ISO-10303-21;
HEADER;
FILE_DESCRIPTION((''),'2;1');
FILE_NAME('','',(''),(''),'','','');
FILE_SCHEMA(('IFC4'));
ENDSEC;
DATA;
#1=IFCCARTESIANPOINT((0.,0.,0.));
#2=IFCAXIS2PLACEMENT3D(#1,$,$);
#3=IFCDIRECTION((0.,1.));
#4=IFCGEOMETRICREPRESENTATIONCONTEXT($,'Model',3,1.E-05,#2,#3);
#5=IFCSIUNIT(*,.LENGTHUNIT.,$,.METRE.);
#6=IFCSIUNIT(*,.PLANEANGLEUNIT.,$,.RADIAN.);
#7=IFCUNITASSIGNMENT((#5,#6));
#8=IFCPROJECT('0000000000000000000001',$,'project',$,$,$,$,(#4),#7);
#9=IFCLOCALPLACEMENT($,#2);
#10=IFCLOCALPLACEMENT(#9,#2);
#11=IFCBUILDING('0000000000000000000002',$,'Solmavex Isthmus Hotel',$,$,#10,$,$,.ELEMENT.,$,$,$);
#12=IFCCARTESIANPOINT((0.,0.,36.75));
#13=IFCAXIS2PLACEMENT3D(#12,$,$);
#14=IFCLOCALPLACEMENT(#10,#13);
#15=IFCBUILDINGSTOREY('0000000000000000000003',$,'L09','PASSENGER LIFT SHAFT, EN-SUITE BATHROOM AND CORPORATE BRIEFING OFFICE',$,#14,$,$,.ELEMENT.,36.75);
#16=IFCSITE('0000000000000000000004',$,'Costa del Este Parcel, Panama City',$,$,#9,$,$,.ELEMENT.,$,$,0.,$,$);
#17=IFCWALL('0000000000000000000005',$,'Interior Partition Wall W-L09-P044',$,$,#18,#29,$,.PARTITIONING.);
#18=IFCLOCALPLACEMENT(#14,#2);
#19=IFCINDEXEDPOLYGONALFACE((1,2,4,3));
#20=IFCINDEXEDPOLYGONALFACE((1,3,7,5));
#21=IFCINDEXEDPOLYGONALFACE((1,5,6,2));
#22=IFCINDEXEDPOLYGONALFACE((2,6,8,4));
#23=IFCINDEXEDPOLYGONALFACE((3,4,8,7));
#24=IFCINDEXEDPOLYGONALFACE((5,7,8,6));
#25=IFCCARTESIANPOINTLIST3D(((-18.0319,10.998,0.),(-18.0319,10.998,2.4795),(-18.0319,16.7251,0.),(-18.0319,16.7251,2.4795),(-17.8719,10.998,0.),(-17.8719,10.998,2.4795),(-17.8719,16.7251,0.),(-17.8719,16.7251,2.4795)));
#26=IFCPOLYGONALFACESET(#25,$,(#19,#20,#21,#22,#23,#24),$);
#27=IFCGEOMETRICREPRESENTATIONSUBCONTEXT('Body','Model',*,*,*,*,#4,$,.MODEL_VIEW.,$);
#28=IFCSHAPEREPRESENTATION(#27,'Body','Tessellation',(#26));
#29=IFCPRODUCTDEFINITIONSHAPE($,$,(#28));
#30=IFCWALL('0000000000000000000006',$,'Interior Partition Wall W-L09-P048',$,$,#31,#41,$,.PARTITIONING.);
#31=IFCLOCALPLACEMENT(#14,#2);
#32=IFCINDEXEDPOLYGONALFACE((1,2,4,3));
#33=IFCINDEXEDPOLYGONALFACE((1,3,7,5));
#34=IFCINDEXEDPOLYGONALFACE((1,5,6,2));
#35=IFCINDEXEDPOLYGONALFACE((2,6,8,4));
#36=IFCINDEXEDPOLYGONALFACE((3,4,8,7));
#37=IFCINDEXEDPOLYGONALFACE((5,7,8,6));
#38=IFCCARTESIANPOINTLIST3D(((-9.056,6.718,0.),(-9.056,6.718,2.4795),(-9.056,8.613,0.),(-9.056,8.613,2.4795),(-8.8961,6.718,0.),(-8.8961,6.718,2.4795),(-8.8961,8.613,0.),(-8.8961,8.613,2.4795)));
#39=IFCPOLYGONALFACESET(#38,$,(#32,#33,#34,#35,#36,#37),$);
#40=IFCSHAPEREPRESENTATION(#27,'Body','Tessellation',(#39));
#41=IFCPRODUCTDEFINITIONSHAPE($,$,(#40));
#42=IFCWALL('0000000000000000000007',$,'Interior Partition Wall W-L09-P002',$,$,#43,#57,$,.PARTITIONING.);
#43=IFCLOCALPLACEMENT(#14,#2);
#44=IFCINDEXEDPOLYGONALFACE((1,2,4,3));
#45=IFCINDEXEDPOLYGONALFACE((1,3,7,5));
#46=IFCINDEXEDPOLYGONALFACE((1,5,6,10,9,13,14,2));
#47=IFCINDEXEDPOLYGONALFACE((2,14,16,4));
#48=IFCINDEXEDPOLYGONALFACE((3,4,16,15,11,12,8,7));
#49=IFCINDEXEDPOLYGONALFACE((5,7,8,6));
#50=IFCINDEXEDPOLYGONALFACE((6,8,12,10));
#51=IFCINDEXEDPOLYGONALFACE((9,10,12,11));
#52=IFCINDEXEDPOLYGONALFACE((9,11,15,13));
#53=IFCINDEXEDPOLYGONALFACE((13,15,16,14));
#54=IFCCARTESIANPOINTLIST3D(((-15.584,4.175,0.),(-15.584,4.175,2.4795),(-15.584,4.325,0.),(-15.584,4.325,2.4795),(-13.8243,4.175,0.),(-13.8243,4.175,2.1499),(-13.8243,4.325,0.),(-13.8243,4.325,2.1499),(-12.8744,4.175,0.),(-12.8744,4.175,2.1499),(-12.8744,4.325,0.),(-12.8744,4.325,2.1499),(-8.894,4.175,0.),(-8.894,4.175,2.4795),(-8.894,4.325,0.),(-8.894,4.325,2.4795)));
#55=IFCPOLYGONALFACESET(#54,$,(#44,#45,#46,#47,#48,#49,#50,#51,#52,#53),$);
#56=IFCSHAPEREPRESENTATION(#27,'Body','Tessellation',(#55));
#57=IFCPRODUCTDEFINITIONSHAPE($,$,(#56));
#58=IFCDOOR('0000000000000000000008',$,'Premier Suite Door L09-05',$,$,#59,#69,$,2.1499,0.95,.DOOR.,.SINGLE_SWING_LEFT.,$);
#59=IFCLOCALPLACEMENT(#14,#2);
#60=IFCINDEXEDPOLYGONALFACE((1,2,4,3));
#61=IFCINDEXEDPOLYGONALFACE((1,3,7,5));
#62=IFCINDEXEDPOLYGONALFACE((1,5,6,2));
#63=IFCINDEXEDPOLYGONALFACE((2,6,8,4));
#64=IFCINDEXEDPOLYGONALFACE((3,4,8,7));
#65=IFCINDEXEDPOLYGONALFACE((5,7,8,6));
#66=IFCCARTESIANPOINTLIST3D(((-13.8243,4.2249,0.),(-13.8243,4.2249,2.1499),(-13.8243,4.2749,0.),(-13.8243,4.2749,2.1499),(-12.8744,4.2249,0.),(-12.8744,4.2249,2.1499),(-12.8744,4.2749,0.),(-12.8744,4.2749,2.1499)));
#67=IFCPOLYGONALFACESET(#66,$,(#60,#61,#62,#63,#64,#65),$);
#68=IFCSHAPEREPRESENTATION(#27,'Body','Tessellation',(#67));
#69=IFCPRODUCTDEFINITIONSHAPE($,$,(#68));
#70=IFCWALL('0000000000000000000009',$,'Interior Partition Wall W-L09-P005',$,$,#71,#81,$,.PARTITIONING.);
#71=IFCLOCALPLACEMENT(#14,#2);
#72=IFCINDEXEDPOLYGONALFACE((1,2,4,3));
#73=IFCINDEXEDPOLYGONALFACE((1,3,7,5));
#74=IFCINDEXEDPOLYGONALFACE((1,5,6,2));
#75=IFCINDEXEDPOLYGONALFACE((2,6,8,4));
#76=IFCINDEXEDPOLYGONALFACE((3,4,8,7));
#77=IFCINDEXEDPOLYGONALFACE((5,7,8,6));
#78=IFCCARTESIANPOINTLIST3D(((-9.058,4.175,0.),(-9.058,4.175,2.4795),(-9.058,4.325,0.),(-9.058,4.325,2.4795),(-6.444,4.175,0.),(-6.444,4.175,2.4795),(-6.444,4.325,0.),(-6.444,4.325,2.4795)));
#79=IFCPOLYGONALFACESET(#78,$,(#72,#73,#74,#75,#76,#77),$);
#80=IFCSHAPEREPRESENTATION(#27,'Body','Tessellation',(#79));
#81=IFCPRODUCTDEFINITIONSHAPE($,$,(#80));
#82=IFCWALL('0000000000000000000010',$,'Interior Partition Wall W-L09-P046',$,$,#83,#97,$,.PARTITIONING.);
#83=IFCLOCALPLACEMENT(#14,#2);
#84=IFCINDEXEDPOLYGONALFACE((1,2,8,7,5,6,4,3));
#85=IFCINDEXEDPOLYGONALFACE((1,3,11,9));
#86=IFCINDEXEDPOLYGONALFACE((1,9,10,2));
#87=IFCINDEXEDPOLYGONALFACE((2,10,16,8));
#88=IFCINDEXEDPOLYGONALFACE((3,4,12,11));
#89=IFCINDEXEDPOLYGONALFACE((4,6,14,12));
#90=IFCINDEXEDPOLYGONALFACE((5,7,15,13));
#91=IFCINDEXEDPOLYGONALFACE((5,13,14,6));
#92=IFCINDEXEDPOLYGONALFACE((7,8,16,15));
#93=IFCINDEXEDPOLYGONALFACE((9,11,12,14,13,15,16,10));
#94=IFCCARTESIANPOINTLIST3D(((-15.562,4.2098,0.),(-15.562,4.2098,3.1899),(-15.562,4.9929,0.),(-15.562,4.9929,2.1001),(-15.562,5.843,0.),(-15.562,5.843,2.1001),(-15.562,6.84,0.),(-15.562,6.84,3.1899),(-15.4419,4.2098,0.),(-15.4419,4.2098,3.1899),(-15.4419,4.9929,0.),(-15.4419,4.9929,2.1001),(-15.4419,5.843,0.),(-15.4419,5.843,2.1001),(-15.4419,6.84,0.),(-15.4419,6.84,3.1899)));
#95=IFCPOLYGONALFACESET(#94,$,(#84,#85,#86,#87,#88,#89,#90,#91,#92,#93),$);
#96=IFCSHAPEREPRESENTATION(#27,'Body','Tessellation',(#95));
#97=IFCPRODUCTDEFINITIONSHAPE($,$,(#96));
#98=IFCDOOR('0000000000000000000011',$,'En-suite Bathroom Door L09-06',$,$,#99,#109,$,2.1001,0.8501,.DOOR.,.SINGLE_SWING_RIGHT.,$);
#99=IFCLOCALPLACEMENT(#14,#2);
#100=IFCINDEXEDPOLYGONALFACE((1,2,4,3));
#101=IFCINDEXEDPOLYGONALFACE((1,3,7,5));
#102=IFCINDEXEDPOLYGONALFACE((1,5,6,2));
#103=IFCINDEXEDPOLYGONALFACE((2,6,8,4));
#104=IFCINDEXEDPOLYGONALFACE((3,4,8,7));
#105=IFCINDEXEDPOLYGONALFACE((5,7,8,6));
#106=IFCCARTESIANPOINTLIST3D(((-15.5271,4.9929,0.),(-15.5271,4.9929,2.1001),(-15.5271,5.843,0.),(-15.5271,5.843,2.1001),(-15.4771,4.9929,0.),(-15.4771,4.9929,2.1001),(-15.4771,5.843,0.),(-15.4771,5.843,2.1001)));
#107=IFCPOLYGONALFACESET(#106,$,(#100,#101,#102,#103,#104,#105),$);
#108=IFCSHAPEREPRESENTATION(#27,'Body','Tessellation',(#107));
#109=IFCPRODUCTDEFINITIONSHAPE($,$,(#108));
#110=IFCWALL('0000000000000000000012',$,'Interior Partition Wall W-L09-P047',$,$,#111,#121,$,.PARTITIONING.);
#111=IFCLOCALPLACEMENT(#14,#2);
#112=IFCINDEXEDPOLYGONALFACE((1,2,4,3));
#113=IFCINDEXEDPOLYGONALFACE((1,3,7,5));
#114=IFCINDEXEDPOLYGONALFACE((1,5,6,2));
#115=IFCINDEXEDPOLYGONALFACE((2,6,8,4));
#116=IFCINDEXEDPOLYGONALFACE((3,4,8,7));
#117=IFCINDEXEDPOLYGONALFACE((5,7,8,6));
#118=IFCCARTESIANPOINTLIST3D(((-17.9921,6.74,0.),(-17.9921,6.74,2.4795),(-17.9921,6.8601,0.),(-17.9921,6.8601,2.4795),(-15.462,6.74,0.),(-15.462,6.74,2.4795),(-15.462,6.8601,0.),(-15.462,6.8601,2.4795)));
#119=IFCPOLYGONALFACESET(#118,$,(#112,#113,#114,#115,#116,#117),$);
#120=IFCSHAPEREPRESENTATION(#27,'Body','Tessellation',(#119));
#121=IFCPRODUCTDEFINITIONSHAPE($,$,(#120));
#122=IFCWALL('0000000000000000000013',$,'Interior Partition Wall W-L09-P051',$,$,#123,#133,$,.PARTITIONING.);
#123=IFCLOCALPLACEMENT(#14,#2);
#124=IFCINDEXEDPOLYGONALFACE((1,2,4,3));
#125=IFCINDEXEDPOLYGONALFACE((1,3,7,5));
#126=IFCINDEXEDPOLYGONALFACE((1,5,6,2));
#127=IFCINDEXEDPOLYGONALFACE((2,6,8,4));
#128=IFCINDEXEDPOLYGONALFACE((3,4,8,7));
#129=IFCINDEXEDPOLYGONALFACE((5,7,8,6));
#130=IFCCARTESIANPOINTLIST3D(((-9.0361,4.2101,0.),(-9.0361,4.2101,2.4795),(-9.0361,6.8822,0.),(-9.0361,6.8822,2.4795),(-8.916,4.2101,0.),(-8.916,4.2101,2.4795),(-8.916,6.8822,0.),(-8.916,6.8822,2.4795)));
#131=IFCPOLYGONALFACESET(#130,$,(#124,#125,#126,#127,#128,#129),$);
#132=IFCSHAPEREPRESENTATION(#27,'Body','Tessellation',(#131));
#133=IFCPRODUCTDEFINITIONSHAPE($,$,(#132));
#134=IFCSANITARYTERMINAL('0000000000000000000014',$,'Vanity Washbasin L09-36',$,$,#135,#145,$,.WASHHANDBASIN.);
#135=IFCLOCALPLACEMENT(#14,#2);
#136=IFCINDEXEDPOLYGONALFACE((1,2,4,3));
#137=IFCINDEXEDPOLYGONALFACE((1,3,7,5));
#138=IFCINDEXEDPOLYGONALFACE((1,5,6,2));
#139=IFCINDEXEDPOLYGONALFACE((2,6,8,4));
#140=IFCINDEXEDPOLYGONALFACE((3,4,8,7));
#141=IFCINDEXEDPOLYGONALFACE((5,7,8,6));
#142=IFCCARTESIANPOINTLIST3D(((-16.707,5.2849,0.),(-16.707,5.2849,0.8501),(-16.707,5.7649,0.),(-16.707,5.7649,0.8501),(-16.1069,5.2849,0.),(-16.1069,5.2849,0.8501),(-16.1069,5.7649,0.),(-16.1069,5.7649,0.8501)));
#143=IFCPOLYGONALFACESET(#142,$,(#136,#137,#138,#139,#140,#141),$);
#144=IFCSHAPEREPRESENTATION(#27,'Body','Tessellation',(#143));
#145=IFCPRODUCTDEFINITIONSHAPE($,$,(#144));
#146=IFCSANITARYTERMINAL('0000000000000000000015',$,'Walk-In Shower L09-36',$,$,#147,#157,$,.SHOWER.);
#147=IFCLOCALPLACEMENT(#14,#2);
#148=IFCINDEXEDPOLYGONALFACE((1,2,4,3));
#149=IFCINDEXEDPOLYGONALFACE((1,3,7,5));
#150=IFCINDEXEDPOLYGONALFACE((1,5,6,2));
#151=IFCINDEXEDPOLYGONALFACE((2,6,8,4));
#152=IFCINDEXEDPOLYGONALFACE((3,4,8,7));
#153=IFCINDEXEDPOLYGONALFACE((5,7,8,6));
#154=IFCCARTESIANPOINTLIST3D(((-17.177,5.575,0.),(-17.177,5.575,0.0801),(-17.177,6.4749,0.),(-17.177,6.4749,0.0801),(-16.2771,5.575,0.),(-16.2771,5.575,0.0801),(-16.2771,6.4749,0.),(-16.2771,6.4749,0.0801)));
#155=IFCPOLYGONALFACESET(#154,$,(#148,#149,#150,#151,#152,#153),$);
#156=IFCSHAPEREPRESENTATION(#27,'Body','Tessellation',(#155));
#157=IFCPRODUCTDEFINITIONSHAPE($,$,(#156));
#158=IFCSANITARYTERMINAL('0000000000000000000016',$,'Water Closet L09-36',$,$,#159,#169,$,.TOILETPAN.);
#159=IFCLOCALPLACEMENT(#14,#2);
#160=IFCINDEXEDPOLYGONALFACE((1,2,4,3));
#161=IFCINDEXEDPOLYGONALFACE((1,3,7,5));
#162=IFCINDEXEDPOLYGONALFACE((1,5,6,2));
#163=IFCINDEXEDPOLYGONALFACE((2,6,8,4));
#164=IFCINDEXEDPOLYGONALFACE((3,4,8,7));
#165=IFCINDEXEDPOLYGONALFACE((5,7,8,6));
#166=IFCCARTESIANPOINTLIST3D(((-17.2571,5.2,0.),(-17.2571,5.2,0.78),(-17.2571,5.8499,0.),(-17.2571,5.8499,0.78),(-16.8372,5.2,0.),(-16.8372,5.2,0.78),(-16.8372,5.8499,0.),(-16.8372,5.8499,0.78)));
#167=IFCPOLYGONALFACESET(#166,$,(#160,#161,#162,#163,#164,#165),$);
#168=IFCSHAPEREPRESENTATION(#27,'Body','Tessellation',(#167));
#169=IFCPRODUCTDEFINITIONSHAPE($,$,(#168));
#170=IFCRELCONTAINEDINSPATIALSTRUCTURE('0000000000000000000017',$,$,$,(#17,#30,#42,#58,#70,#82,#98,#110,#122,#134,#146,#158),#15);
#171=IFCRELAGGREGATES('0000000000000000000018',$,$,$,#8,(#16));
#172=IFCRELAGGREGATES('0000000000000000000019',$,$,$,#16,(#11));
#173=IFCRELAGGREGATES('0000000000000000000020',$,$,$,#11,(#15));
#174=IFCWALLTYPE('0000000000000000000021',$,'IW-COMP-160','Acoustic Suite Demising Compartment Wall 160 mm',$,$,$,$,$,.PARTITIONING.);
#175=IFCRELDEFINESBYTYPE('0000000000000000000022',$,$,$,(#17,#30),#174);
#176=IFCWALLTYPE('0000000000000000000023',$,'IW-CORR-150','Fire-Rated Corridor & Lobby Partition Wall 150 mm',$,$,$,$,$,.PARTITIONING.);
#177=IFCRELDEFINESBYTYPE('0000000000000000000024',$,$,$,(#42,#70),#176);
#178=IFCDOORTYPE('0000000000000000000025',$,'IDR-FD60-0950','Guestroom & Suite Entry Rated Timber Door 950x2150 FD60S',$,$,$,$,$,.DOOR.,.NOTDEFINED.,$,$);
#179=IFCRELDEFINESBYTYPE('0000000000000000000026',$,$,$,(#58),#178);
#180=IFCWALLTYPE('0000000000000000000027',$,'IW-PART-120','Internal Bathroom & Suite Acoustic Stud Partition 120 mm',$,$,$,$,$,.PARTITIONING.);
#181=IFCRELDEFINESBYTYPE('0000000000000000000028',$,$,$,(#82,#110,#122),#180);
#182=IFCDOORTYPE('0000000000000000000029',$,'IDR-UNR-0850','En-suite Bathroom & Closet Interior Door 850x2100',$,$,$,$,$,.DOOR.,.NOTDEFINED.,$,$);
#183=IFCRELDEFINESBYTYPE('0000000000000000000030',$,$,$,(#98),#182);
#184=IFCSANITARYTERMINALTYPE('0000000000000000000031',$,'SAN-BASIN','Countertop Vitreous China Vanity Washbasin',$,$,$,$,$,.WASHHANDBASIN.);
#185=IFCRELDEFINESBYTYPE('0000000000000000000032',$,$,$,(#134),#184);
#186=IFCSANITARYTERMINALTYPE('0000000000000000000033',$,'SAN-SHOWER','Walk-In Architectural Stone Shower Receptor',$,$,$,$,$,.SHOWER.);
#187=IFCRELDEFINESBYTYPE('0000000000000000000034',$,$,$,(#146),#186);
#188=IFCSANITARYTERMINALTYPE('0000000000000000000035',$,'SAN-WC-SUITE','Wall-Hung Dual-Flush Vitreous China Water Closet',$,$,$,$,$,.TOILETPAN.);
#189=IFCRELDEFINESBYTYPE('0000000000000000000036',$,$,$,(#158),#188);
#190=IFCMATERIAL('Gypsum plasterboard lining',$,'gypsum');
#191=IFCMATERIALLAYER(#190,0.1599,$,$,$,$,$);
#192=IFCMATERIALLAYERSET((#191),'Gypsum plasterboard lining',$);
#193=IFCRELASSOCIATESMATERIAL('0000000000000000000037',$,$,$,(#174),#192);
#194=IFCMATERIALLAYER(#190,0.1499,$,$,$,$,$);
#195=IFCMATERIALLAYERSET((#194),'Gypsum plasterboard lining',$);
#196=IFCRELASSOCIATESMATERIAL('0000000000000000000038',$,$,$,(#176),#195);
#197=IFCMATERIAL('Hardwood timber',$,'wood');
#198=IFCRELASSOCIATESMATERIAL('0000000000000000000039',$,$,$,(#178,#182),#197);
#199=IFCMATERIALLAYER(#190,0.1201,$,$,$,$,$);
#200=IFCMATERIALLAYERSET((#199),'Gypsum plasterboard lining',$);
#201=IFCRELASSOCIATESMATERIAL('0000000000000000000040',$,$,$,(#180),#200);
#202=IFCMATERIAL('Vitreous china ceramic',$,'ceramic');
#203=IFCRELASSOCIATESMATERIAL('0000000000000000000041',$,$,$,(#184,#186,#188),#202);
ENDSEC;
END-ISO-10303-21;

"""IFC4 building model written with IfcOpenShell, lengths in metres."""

from ifc_helpers import new_model, si_unit, direction, frame, frame_2d, origin, origin_2d, place, context, subcontext, project, spatial, rectangle, extrude, material, layer, layer_set, type_object, element, fill, save


model = new_model("IFC4")

# Units and contexts
model_context = context("Model", 3, precision=1e-05, world=origin(), true_north=direction((0.0, 1.0)))
body_context = subcontext(model_context, "Body", "Model", "MODEL_VIEW")
ifc_project = project(units=[si_unit("LENGTHUNIT", "METRE"), si_unit("PLANEANGLEUNIT", "RADIAN")], contexts=[model_context])

# Site, building, storey
site_placement = place(None, origin())
site = spatial("IfcSite", under=ifc_project, at=site_placement, Name="Costa del Este Parcel, Panama City", CompositionType="ELEMENT", RefElevation=0.0)
building_placement = place(site_placement, origin())
building = spatial("IfcBuilding", under=site, at=building_placement, Name="Solmavex Isthmus Hotel", CompositionType="ELEMENT")
storey_placement = place(building_placement, frame((0.0, 0.0, 36.75)))
storey = spatial("IfcBuildingStorey", under=building, at=storey_placement, Name="L09", Description="PASSENGER LIFT SHAFT, EN-SUITE BATHROOM AND CORPORATE BRIEFING OFFICE", CompositionType="ELEMENT", Elevation=36.75)

# Walls
ifc_material_1 = material(Name="Gypsum plasterboard lining", Category="gypsum")
ifc_layer_1 = layer(ifc_material_1, 0.1599)
ifc_layer_set_1 = layer_set([ifc_layer_1], Name="Gypsum plasterboard lining")
wall_type_1 = type_object("IfcWallType", Name="IW-COMP-160", Description="Acoustic Suite Demising Compartment Wall 160 mm", PredefinedType="PARTITIONING", material=ifc_layer_set_1)
wall_1_placement = place(storey_placement, frame((-17.9519, 16.7251, 0.0), z_axis=(0.0, 0.0, 1.0), x_axis=(0.0, -1.0, 0.0)))
element("IfcWall", 1, at=wall_1_placement, inside=storey, type_object=wall_type_1, Name="Interior Partition Wall W-L09-P044", PredefinedType="PARTITIONING", context=body_context, shape_type="SweptSolid", body=[
    extrude(rectangle(XDim=5.7271, YDim=0.1599, at=frame_2d((2.8635, 0.0))), origin(), (0.0, 0.0, 1.0), 2.4795),
])
wall_2_placement = place(storey_placement, frame((-8.9761, 8.613, 0.0), z_axis=(0.0, 0.0, 1.0), x_axis=(0.0, -1.0, 0.0)))
element("IfcWall", 2, at=wall_2_placement, inside=storey, type_object=wall_type_1, Name="Interior Partition Wall W-L09-P048", PredefinedType="PARTITIONING", context=body_context, shape_type="SweptSolid", body=[
    extrude(rectangle(XDim=1.895, YDim=0.1599, at=frame_2d((0.9475, 0.0))), origin(), (0.0, 0.0, 1.0), 2.4795),
])

# Wall, opening, door
ifc_layer_2 = layer(ifc_material_1, 0.1499)
ifc_layer_set_2 = layer_set([ifc_layer_2], Name="Gypsum plasterboard lining")
wall_type_2 = type_object("IfcWallType", Name="IW-CORR-150", Description="Fire-Rated Corridor & Lobby Partition Wall 150 mm", PredefinedType="PARTITIONING", material=ifc_layer_set_2)
wall_3_placement = place(storey_placement, frame((-15.584, 4.25, 0.0), z_axis=(0.0, 0.0, 1.0), x_axis=(1.0, 0.0, 0.0)))
wall_3 = element("IfcWall", 3, at=wall_3_placement, inside=storey, type_object=wall_type_2, Name="Interior Partition Wall W-L09-P002", PredefinedType="PARTITIONING", context=body_context, shape_type="SweptSolid", body=[
    extrude(rectangle(XDim=6.6899, YDim=0.1499, at=frame_2d((3.345, 0.0))), origin(), (0.0, 0.0, 1.0), 2.4795),
])
opening_1_placement = place(wall_3_placement, frame((1.7595, 0.0, 0.0)))
opening_1 = element("IfcOpeningElement", 4, at=opening_1_placement, cuts=wall_3, PredefinedType="OPENING", context=body_context, shape_type="SweptSolid", body=[
    extrude(rectangle(XDim=0.95, YDim=2.1499, at=frame_2d((0.4751, 1.075))), frame((0.0, 0.085, 0.0), z_axis=(0.0, -1.0, 0.0), x_axis=(1.0, 0.0, 0.0)), (0.0, 0.0, 1.0), 0.1699),
])
ifc_material_2 = material(Name="Hardwood timber", Category="wood")
door_type_1 = type_object("IfcDoorType", Name="IDR-FD60-0950", Description="Guestroom & Suite Entry Rated Timber Door 950x2150 FD60S", OperationType="NOTDEFINED", PredefinedType="DOOR", material=ifc_material_2)
door_1_placement = place(opening_1_placement, origin())
door_1 = element("IfcDoor", 5, at=door_1_placement, inside=storey, type_object=door_type_1, Name="Premier Suite Door L09-05", OperationType="SINGLE_SWING_LEFT", OverallHeight=2.1499, OverallWidth=0.95, PredefinedType="DOOR", context=body_context, shape_type="SweptSolid", body=[
    extrude(rectangle(XDim=0.95, YDim=2.1499, at=frame_2d((0.4751, 1.075))), frame((0.0, 0.0249, 0.0), z_axis=(0.0, -1.0, 0.0), x_axis=(1.0, 0.0, 0.0)), (0.0, 0.0, 1.0), 0.05),
])
fill(opening_1, door_1)

# Wall
wall_4_placement = place(storey_placement, frame((-9.0581, 4.25, 0.0), z_axis=(0.0, 0.0, 1.0), x_axis=(1.0, 0.0, 0.0)))
element("IfcWall", 6, at=wall_4_placement, inside=storey, type_object=wall_type_2, Name="Interior Partition Wall W-L09-P005", PredefinedType="PARTITIONING", context=body_context, shape_type="SweptSolid", body=[
    extrude(rectangle(XDim=2.614, YDim=0.1499, at=frame_2d((1.3071, 0.0))), origin(), (0.0, 0.0, 1.0), 2.4795),
])

# Wall, opening, door
ifc_layer_3 = layer(ifc_material_1, 0.1201)
ifc_layer_set_3 = layer_set([ifc_layer_3], Name="Gypsum plasterboard lining")
wall_type_3 = type_object("IfcWallType", Name="IW-PART-120", Description="Internal Bathroom & Suite Acoustic Stud Partition 120 mm", PredefinedType="PARTITIONING", material=ifc_layer_set_3)
wall_5_placement = place(storey_placement, frame((-15.502, 4.21, 0.0), z_axis=(0.0, 0.0, 1.0), x_axis=(0.0, 1.0, 0.0)))
wall_5 = element("IfcWall", 7, at=wall_5_placement, inside=storey, type_object=wall_type_3, Name="Interior Partition Wall W-L09-P046", PredefinedType="PARTITIONING", context=body_context, shape_type="SweptSolid", body=[
    extrude(rectangle(XDim=2.6301, YDim=0.1201, at=frame_2d((1.3149, 0.0))), origin(), (0.0, 0.0, 1.0), 3.1899),
])
opening_2_placement = place(wall_5_placement, frame((0.783, 0.0, 0.0)))
opening_2 = element("IfcOpeningElement", 8, at=opening_2_placement, cuts=wall_5, PredefinedType="OPENING", context=body_context, shape_type="SweptSolid", body=[
    extrude(rectangle(XDim=0.8501, YDim=2.1001, at=frame_2d((0.425, 1.05))), frame((0.0, 0.0701, 0.0), z_axis=(0.0, -1.0, 0.0), x_axis=(1.0, 0.0, 0.0)), (0.0, 0.0, 1.0), 0.1401),
])
door_type_2 = type_object("IfcDoorType", Name="IDR-UNR-0850", Description="En-suite Bathroom & Closet Interior Door 850x2100", OperationType="NOTDEFINED", PredefinedType="DOOR", material=ifc_material_2)
door_2_placement = place(opening_2_placement, frame((0.8501, 0.0, 0.0), z_axis=(0.0, 0.0, 1.0), x_axis=(-1.0, 0.0, 0.0)))
door_2 = element("IfcDoor", 9, at=door_2_placement, inside=storey, type_object=door_type_2, Name="En-suite Bathroom Door L09-06", OperationType="SINGLE_SWING_RIGHT", OverallHeight=2.1001, OverallWidth=0.8501, PredefinedType="DOOR", context=body_context, shape_type="SweptSolid", body=[
    extrude(rectangle(XDim=0.8501, YDim=2.1001, at=frame_2d((0.425, 1.05))), frame((0.0, 0.0249, 0.0), z_axis=(0.0, -1.0, 0.0), x_axis=(1.0, 0.0, 0.0)), (0.0, 0.0, 1.0), 0.05),
])
fill(opening_2, door_2)

# Walls
wall_6_placement = place(storey_placement, frame((-15.4619, 6.8, 0.0), z_axis=(0.0, 0.0, 1.0), x_axis=(-1.0, 0.0, 0.0)))
element("IfcWall", 10, at=wall_6_placement, inside=storey, type_object=wall_type_3, Name="Interior Partition Wall W-L09-P047", PredefinedType="PARTITIONING", context=body_context, shape_type="SweptSolid", body=[
    extrude(rectangle(XDim=2.53, YDim=0.1201, at=frame_2d((1.2651, 0.0))), origin(), (0.0, 0.0, 1.0), 2.4795),
])
wall_7_placement = place(storey_placement, frame((-8.9761, 6.8821, 0.0), z_axis=(0.0, 0.0, 1.0), x_axis=(0.0, -1.0, 0.0)))
element("IfcWall", 11, at=wall_7_placement, inside=storey, type_object=wall_type_3, Name="Interior Partition Wall W-L09-P051", PredefinedType="PARTITIONING", context=body_context, shape_type="SweptSolid", body=[
    extrude(rectangle(XDim=2.6721, YDim=0.1201, at=frame_2d((1.3359, 0.0))), origin(), (0.0, 0.0, 1.0), 2.4795),
])

# Sanitary terminals
ifc_material_3 = material(Name="Vitreous china ceramic", Category="ceramic")
sanitary_terminal_type_1 = type_object("IfcSanitaryTerminalType", Name="SAN-BASIN", Description="Countertop Vitreous China Vanity Washbasin", PredefinedType="WASHHANDBASIN", material=ifc_material_3)
sanitary_terminal_1_placement = place(storey_placement, frame((-16.407, 5.5249, 0.0), z_axis=(0.0, 0.0, 1.0), x_axis=(1.0, 0.0, 0.0)))
element("IfcSanitaryTerminal", 12, at=sanitary_terminal_1_placement, inside=storey, type_object=sanitary_terminal_type_1, Name="Vanity Washbasin L09-36", PredefinedType="WASHHANDBASIN", context=body_context, shape_type="SweptSolid", body=[
    extrude(rectangle(XDim=0.6001, YDim=0.48, at=origin_2d()), origin(), (0.0, 0.0, 1.0), 0.8501),
])
sanitary_terminal_type_2 = type_object("IfcSanitaryTerminalType", Name="SAN-SHOWER", Description="Walk-In Architectural Stone Shower Receptor", PredefinedType="SHOWER", material=ifc_material_3)
sanitary_terminal_2_placement = place(storey_placement, frame((-16.7271, 6.0249, 0.0), z_axis=(0.0, 0.0, 1.0), x_axis=(1.0, 0.0, 0.0)))
element("IfcSanitaryTerminal", 13, at=sanitary_terminal_2_placement, inside=storey, type_object=sanitary_terminal_type_2, Name="Walk-In Shower L09-36", PredefinedType="SHOWER", context=body_context, shape_type="SweptSolid", body=[
    extrude(rectangle(XDim=0.8999, YDim=0.8999, at=origin_2d()), origin(), (0.0, 0.0, 1.0), 0.0801),
])
sanitary_terminal_type_3 = type_object("IfcSanitaryTerminalType", Name="SAN-WC-SUITE", Description="Wall-Hung Dual-Flush Vitreous China Water Closet", PredefinedType="TOILETPAN", material=ifc_material_3)
sanitary_terminal_3_placement = place(storey_placement, frame((-17.0471, 5.5249, 0.0), z_axis=(0.0, 0.0, 1.0), x_axis=(1.0, 0.0, 0.0)))
element("IfcSanitaryTerminal", 14, at=sanitary_terminal_3_placement, inside=storey, type_object=sanitary_terminal_type_3, Name="Water Closet L09-36", PredefinedType="TOILETPAN", context=body_context, shape_type="SweptSolid", body=[
    extrude(rectangle(XDim=0.4199, YDim=0.6499, at=origin_2d()), origin(), (0.0, 0.0, 1.0), 0.78),
])

save(model, "model.ifc")
